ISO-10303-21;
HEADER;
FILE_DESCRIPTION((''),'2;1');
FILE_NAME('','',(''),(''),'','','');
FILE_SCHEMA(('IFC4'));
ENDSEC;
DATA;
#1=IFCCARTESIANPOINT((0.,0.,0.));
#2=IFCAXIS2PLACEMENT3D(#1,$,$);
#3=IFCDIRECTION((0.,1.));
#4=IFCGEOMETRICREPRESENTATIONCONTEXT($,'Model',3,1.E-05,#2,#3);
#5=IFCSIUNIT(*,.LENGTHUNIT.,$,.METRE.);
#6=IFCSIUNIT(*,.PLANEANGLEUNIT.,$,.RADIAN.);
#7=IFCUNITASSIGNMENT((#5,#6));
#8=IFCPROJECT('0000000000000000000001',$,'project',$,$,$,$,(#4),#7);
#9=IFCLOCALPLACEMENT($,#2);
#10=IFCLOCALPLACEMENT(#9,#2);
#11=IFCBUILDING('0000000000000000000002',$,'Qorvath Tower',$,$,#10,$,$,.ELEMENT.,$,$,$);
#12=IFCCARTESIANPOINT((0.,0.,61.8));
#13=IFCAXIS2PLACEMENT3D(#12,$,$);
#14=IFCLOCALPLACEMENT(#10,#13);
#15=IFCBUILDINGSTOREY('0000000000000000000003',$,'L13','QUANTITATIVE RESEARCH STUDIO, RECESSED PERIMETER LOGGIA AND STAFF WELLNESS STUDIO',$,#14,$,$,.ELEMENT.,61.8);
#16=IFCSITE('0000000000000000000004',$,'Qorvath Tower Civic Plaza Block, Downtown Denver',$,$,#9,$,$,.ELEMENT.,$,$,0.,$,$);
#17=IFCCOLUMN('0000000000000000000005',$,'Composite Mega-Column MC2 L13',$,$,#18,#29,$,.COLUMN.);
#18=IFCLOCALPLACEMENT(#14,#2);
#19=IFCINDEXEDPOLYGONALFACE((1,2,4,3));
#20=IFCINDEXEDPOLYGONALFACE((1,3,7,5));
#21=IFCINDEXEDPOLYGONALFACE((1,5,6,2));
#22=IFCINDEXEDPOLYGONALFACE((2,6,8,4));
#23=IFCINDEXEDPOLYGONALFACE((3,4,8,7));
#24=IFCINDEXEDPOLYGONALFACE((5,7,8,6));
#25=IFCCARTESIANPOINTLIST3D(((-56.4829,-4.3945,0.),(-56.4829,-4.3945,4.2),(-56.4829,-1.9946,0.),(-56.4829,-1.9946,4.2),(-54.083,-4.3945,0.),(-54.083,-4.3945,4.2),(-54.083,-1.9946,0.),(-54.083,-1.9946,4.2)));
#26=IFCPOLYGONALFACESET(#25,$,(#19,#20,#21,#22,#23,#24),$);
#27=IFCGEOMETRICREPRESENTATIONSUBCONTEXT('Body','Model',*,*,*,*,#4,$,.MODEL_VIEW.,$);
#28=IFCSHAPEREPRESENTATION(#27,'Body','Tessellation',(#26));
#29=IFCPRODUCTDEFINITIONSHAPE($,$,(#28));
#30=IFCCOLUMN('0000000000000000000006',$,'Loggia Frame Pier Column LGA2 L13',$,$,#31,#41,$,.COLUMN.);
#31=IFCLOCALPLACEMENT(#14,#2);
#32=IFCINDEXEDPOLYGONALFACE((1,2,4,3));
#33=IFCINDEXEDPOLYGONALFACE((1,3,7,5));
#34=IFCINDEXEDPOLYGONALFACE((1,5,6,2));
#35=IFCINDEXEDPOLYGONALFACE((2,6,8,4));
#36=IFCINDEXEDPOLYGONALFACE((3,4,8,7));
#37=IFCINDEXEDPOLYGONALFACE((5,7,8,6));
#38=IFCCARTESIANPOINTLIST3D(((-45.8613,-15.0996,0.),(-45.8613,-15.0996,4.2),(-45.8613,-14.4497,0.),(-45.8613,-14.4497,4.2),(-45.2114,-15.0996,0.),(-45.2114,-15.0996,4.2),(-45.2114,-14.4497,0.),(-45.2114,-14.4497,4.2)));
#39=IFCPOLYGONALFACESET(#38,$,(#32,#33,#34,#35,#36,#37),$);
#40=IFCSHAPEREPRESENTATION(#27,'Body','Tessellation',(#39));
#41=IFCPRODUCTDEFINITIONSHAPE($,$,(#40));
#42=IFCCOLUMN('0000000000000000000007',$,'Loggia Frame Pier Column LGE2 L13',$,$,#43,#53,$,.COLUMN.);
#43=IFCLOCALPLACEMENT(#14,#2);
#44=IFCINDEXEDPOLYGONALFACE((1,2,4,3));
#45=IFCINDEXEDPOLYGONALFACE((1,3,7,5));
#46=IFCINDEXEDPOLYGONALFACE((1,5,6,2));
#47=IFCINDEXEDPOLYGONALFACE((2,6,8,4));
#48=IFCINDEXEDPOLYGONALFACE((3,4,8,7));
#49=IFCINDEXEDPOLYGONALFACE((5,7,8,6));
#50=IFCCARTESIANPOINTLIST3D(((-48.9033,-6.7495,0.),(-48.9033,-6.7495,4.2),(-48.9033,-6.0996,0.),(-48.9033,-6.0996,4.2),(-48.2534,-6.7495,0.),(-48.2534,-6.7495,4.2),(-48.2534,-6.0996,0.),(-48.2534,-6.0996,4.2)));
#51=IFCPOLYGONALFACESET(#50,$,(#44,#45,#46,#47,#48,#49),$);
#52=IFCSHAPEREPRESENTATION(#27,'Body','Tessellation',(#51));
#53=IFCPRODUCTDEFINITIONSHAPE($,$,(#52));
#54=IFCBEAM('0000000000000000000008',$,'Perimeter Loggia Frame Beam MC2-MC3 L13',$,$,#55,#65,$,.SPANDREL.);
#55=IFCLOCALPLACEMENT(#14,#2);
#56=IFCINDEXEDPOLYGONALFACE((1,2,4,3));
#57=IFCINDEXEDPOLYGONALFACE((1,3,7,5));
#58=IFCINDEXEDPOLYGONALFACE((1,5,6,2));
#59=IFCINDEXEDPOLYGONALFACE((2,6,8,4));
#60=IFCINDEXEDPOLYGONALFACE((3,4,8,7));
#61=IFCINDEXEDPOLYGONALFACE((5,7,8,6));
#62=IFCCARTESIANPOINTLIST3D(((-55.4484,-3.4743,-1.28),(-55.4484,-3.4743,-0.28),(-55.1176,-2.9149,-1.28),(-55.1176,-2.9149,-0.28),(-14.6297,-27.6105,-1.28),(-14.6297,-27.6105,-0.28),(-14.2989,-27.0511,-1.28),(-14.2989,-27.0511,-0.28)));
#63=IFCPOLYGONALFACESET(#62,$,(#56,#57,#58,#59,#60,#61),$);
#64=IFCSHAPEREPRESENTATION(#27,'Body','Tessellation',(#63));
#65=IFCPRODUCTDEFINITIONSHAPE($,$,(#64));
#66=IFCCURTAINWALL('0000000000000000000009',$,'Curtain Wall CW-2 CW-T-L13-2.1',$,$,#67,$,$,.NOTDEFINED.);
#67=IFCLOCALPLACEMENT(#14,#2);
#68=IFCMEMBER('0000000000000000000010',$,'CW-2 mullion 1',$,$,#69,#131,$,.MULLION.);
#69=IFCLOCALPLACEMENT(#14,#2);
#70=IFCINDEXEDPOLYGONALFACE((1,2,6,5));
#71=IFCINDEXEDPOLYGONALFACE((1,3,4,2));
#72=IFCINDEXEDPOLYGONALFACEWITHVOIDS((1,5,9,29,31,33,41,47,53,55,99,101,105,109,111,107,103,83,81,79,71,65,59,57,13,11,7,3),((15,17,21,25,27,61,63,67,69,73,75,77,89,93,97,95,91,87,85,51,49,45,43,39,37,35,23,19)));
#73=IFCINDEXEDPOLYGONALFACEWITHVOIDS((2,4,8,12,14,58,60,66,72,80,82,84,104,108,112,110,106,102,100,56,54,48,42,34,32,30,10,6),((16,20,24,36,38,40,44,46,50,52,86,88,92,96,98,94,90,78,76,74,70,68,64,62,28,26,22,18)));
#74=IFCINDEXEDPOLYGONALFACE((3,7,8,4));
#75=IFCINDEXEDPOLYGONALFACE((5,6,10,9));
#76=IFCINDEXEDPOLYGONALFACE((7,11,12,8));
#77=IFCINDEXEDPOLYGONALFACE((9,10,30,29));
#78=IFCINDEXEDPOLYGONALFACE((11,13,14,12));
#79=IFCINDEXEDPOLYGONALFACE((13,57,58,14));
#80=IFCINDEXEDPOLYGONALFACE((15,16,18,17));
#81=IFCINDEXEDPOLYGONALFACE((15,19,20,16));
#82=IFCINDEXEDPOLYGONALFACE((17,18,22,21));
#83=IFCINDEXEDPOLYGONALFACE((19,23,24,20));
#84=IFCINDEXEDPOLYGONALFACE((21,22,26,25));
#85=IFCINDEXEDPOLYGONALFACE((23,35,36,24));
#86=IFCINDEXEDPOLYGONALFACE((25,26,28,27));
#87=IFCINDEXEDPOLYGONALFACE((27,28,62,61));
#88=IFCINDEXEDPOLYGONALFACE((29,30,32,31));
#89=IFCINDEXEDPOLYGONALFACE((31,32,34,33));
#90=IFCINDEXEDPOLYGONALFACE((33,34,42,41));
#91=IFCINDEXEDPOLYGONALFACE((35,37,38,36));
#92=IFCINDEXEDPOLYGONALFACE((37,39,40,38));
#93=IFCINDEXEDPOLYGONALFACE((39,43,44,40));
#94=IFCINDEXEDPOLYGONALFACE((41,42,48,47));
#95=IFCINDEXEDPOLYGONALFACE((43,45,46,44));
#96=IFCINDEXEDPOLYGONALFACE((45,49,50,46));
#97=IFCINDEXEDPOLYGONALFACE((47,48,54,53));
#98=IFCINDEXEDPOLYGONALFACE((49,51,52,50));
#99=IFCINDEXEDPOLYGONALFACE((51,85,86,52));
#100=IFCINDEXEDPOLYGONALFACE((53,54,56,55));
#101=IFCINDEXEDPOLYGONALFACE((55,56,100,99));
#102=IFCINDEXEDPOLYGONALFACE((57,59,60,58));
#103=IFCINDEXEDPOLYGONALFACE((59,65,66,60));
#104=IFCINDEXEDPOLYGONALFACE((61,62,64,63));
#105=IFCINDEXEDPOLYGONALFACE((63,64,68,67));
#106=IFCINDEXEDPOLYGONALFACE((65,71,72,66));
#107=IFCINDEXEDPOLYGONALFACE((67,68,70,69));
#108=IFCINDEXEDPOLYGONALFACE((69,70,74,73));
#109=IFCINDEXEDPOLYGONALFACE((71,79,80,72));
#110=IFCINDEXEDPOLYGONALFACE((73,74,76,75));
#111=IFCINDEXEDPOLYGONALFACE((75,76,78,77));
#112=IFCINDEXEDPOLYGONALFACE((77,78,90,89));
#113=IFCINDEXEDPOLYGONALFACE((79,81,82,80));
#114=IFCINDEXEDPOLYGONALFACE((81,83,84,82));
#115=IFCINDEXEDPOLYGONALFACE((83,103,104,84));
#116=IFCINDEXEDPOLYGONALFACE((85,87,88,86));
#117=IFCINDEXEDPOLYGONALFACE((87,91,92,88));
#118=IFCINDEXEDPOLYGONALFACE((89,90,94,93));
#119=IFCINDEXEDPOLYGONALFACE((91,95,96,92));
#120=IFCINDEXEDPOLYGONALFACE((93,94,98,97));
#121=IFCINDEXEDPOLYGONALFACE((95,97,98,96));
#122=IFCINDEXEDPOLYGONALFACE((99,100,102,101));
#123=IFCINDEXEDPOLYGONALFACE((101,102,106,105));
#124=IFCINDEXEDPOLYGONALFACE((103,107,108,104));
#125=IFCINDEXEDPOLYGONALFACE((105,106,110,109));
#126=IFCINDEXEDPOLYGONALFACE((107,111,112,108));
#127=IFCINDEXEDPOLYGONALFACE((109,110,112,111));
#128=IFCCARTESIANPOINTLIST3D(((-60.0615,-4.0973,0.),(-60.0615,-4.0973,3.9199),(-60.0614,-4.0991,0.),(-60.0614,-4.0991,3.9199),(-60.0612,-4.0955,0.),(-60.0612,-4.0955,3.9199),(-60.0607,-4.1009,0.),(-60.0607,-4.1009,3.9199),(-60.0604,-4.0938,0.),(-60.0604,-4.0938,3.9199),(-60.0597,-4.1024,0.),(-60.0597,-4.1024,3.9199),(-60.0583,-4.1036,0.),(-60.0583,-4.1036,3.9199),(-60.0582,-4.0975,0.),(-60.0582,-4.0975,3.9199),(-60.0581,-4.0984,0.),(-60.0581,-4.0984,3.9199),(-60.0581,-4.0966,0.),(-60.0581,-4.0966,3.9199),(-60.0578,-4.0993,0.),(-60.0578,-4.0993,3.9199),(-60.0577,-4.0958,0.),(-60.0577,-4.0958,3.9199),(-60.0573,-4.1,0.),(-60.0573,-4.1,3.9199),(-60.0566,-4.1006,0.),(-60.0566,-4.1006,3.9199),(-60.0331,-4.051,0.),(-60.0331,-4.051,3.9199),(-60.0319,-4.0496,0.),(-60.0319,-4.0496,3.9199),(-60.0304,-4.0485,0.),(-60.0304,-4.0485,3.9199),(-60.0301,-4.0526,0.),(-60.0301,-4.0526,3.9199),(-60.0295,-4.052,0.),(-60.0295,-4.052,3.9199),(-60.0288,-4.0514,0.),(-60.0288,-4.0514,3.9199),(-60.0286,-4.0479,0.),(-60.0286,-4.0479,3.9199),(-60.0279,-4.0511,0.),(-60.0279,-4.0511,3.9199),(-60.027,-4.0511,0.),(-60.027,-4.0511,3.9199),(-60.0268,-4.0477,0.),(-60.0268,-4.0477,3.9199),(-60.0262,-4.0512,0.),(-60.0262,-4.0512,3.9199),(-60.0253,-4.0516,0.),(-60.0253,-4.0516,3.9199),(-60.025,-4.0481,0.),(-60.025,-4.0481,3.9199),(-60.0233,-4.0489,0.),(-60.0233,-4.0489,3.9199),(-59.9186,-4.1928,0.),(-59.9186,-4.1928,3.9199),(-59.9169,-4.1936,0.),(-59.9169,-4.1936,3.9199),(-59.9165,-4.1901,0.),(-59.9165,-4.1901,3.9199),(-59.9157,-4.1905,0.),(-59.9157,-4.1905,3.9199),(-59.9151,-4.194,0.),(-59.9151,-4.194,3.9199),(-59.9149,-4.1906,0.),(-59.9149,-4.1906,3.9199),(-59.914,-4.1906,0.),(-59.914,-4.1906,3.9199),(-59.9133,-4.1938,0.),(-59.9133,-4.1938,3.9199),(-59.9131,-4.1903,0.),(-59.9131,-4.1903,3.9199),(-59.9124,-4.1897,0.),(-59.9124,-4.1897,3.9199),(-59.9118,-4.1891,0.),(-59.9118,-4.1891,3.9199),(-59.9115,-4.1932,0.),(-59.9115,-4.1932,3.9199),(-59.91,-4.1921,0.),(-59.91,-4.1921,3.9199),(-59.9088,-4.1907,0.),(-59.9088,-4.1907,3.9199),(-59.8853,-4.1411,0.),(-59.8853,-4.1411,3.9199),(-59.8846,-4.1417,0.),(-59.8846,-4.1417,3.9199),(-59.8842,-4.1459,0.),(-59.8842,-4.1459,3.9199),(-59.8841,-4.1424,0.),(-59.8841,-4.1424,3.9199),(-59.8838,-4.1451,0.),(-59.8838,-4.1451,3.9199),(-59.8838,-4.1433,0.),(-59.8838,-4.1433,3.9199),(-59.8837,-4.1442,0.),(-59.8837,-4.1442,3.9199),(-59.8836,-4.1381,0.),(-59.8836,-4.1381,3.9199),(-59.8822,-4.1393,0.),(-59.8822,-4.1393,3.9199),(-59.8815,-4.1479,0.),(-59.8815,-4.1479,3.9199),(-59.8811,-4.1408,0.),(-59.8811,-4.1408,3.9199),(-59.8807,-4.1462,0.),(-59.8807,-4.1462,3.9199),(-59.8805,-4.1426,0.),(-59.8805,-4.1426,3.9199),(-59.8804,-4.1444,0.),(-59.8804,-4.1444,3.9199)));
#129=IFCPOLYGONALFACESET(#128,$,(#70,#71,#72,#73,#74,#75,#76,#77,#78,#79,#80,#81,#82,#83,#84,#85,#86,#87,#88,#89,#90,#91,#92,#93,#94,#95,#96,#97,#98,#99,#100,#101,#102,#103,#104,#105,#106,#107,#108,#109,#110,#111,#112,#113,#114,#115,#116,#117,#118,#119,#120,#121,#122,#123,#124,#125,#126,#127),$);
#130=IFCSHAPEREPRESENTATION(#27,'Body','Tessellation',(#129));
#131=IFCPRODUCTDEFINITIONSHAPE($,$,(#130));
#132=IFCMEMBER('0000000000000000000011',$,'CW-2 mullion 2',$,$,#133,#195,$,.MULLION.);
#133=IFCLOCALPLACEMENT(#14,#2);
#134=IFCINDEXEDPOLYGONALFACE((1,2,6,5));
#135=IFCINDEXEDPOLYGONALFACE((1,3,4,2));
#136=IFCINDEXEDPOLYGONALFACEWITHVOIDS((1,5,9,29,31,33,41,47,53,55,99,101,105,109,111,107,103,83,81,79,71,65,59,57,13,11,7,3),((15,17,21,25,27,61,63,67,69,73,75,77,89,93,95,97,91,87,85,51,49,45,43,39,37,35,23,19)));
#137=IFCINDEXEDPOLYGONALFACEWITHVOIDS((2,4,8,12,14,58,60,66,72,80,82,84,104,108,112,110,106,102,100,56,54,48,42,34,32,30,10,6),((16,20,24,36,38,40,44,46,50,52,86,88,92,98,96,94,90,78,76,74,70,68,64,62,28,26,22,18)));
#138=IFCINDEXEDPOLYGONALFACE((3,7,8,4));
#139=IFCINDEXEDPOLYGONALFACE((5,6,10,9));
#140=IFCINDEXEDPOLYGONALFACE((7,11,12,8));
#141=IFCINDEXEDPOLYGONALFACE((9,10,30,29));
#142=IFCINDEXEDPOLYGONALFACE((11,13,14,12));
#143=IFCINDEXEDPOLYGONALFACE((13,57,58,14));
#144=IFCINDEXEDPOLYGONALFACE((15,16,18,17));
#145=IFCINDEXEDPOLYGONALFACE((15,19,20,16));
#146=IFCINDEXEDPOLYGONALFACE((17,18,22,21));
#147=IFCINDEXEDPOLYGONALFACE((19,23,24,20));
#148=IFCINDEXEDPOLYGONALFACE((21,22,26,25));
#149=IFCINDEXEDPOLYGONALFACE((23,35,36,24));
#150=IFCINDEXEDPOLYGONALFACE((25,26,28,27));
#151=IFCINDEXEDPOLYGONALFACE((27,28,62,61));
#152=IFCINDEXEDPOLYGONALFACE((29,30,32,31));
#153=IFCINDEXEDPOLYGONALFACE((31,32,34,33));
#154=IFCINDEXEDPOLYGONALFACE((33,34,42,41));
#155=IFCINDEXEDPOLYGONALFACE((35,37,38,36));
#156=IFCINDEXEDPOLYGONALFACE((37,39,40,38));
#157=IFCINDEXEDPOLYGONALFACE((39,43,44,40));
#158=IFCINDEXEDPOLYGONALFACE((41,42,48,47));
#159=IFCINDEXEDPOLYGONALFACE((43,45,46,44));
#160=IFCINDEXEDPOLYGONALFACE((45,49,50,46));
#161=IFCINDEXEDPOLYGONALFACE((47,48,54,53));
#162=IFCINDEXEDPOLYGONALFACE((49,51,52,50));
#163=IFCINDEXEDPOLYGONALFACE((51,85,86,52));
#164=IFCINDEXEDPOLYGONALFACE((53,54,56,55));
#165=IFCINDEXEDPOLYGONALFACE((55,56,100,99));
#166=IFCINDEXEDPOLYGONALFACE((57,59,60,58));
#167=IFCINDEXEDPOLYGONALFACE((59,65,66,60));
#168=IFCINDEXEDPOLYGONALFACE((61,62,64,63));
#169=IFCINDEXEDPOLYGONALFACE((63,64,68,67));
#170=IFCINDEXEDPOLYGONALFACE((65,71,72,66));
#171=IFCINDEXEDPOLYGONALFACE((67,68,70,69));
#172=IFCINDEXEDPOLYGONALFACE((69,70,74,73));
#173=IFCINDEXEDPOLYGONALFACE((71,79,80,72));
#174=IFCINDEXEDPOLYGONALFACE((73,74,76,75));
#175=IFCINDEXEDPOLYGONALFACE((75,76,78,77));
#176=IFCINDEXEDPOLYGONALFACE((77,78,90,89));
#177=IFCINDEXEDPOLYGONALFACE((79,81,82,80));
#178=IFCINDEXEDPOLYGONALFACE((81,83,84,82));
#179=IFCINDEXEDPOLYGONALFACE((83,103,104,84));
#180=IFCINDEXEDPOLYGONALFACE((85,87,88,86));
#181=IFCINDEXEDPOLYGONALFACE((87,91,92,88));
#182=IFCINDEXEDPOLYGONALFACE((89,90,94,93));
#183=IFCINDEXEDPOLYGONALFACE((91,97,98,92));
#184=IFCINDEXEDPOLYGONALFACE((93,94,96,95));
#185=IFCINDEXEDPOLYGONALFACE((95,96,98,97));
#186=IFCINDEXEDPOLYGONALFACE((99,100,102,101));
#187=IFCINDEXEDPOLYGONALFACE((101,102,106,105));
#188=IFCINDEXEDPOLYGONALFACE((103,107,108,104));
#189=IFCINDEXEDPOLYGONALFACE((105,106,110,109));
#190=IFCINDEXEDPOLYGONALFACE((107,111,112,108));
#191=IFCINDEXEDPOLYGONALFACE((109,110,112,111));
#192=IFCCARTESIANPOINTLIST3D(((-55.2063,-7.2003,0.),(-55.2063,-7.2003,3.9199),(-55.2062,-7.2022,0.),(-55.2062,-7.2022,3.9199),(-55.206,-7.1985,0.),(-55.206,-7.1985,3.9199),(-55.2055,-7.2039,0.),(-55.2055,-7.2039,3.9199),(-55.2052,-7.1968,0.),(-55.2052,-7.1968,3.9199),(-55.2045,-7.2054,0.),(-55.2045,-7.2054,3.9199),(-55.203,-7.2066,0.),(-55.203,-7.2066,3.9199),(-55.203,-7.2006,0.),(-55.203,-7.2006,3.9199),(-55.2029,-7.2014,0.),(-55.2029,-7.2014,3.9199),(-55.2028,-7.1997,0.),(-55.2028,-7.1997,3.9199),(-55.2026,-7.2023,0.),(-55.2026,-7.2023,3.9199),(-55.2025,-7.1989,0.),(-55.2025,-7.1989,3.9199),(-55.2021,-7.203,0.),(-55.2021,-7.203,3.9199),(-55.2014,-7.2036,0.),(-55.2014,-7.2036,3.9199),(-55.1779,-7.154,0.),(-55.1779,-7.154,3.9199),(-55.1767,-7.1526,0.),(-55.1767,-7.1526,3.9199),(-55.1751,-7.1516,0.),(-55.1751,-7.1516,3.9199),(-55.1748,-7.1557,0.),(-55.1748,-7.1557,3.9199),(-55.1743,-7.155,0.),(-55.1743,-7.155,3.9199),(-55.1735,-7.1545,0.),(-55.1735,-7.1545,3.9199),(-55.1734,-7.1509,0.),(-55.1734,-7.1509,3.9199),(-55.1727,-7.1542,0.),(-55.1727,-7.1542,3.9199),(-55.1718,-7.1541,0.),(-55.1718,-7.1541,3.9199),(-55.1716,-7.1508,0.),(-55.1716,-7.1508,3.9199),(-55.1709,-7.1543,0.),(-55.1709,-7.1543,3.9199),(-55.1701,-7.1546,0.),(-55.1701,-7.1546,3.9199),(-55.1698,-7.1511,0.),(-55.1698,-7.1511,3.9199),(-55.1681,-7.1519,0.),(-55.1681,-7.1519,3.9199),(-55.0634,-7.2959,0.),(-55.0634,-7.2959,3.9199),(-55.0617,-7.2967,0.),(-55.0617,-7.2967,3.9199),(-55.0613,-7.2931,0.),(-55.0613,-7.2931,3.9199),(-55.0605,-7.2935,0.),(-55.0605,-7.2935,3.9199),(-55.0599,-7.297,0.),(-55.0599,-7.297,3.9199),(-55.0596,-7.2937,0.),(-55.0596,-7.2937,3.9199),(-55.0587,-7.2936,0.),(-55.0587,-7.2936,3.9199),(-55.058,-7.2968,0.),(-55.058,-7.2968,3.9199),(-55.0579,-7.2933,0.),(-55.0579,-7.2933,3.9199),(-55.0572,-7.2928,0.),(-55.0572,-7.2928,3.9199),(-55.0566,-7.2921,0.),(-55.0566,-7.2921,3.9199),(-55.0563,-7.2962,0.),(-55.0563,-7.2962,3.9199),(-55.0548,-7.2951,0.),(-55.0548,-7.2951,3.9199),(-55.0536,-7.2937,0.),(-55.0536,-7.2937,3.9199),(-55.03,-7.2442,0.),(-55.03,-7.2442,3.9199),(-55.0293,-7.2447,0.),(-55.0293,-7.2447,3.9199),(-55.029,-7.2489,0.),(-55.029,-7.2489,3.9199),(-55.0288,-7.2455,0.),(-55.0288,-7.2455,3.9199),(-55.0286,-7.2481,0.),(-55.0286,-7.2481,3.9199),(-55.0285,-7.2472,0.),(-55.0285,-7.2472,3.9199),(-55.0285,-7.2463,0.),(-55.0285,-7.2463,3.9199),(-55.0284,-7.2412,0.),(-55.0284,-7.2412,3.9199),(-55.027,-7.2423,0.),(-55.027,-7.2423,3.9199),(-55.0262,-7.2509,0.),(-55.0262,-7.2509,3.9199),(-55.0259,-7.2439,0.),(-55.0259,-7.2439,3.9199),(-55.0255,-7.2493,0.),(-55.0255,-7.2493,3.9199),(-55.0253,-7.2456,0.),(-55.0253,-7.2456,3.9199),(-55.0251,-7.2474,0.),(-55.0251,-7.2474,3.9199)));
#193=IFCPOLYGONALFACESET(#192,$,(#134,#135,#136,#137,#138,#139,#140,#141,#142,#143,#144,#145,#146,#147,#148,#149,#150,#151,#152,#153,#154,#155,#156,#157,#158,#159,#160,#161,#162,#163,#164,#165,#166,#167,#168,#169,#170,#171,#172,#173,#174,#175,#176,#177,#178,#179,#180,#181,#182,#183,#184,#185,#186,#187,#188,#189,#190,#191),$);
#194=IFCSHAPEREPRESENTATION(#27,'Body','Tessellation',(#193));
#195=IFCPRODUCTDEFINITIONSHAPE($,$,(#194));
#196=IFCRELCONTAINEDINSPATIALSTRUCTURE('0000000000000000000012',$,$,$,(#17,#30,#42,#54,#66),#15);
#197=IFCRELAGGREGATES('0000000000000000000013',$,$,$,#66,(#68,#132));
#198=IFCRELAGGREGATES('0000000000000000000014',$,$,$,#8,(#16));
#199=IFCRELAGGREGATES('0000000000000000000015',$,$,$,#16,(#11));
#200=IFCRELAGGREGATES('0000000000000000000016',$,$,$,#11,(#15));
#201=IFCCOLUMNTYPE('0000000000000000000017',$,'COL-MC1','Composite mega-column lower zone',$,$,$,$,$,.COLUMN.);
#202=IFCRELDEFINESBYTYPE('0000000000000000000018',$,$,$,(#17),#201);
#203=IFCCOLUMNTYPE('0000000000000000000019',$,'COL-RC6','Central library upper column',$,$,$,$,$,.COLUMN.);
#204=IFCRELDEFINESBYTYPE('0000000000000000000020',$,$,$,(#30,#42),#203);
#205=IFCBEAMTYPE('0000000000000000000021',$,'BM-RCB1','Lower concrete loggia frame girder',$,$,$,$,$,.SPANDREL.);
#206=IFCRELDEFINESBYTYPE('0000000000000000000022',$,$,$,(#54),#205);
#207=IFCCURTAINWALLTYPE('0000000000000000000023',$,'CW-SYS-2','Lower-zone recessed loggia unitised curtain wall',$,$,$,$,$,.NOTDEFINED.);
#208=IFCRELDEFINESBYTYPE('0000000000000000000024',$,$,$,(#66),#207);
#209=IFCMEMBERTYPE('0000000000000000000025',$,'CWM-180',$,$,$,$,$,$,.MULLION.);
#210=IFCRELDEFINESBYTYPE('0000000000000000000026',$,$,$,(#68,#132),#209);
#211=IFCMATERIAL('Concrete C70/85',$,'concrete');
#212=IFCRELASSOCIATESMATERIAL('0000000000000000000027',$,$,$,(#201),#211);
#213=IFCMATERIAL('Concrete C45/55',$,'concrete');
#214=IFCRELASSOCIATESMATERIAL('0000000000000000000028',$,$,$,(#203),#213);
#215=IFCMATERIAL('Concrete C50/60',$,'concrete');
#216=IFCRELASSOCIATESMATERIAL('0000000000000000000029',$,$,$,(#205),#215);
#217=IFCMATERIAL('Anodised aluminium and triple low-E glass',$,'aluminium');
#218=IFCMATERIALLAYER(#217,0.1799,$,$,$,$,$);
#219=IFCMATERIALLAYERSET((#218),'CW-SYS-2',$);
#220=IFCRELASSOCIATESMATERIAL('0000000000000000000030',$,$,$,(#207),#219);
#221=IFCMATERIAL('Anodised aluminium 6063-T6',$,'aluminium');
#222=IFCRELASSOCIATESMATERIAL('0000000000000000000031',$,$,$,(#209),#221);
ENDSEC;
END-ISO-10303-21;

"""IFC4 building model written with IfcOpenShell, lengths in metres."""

from ifc_helpers import new_model, si_unit, direction, frame, origin, origin_2d, place, context, subcontext, project, spatial, rectangle, hollow_rectangle, extrude, material, layer, layer_set, material_profile, profile_set, type_object, element, aggregate, save


model = new_model("IFC4")

# Units and contexts
model_context = context("Model", 3, precision=1e-05, world=origin(), true_north=direction((0.0, 1.0)))
body_context = subcontext(model_context, "Body", "Model", "MODEL_VIEW")
ifc_project = project(units=[si_unit("LENGTHUNIT", "METRE"), si_unit("PLANEANGLEUNIT", "RADIAN")], contexts=[model_context])

# Site, building, storey
site_placement = place(None, origin())
site = spatial("IfcSite", under=ifc_project, at=site_placement, Name="Qorvath Tower Civic Plaza Block, Downtown Denver", CompositionType="ELEMENT", RefElevation=0.0)
building_placement = place(site_placement, origin())
building = spatial("IfcBuilding", under=site, at=building_placement, Name="Qorvath Tower", CompositionType="ELEMENT")
storey_placement = place(building_placement, frame((0.0, 0.0, 61.8)))
storey = spatial("IfcBuildingStorey", under=building, at=storey_placement, Name="L13", Description="QUANTITATIVE RESEARCH STUDIO, RECESSED PERIMETER LOGGIA AND STAFF WELLNESS STUDIO", CompositionType="ELEMENT", Elevation=61.8)

# Columns
ifc_material_1 = material(Name="Concrete C70/85", Category="concrete")
ifc_material_profile_1 = material_profile(ifc_material_1, rectangle(XDim=2.3999, YDim=2.3999, at=origin_2d()), Name="MC 2400x2400")
ifc_profile_set_1 = profile_set([ifc_material_profile_1], Name="Concrete C70/85")
column_type_1 = type_object("IfcColumnType", Name="COL-MC1", Description="Composite mega-column lower zone", PredefinedType="COLUMN", material=ifc_profile_set_1)
column_placement = place(storey_placement, frame((-55.283, -3.1946, 0.0), z_axis=(0.0, 0.0, 1.0), x_axis=(1.0, 0.0, 0.0)))
element("IfcColumn", 1, at=column_placement, inside=storey, type_object=column_type_1, Name="Composite Mega-Column MC2 L13", PredefinedType="COLUMN", context=body_context, shape_type="SweptSolid", body=[
    extrude(rectangle(XDim=2.3999, YDim=2.3999, at=origin_2d()), origin(), (0.0, 0.0, 1.0), 4.2),
])
ifc_material_2 = material(Name="Concrete C45/55", Category="concrete")
ifc_material_profile_2 = material_profile(ifc_material_2, rectangle(XDim=0.6499, YDim=0.6499, at=origin_2d()), Name="RC 650x650")
ifc_profile_set_2 = profile_set([ifc_material_profile_2], Name="Concrete C45/55")
column_type_2 = type_object("IfcColumnType", Name="COL-RC6", Description="Central library upper column", PredefinedType="COLUMN", material=ifc_profile_set_2)
for number, where, z_axis, x_axis, name in (
    (2, (-45.5364, -14.7747, 0.0), (0.0, 0.0, 1.0), (1.0, 0.0, 0.0), "Loggia Frame Pier Column LGA2 L13"),
    (3, (-48.5784, -6.4246, 0.0), (0.0, 0.0, 1.0), (1.0, 0.0, 0.0), "Loggia Frame Pier Column LGE2 L13"),
):
    element("IfcColumn", number, at=place(storey_placement, frame(where, z_axis=z_axis, x_axis=x_axis)), inside=storey, type_object=column_type_2, Name=name, PredefinedType="COLUMN", context=body_context, shape_type="SweptSolid", body=[
        extrude(rectangle(XDim=0.6499, YDim=0.6499, at=origin_2d()), origin(), (0.0, 0.0, 1.0), 4.2),
    ])

# Beam
ifc_material_3 = material(Name="Concrete C50/60", Category="concrete")
ifc_material_profile_3 = material_profile(ifc_material_3, rectangle(XDim=0.6499, YDim=1.0, at=origin_2d()), Name="RCB 1000x650")
ifc_profile_set_3 = profile_set([ifc_material_profile_3], Name="Concrete C50/60")
beam_type = type_object("IfcBeamType", Name="BM-RCB1", Description="Lower concrete loggia frame girder", PredefinedType="SPANDREL", material=ifc_profile_set_3)
beam_placement = place(storey_placement, frame((-55.283, -3.1946, -0.78), z_axis=(0.860777, -0.508982, 0.0), x_axis=(0.508982, 0.860777, 0.0)))
element("IfcBeam", 4, at=beam_placement, inside=storey, type_object=beam_type, Name="Perimeter Loggia Frame Beam MC2-MC3 L13", PredefinedType="SPANDREL", context=body_context, shape_type="SweptSolid", body=[
    extrude(rectangle(XDim=0.6499, YDim=1.0, at=origin_2d()), origin(), (0.0, 0.0, 1.0), 47.4207),
])

# Curtain wall, members
ifc_material_4 = material(Name="Anodised aluminium and triple low-E glass", Category="aluminium")
ifc_layer_1 = layer(ifc_material_4, 0.1799)
ifc_layer_set_1 = layer_set([ifc_layer_1], Name="CW-SYS-2")
curtain_wall_type = type_object("IfcCurtainWallType", Name="CW-SYS-2", Description="Lower-zone recessed loggia unitised curtain wall", PredefinedType="NOTDEFINED", material=ifc_layer_set_1)
curtain_wall_placement = place(storey_placement, origin())
curtain_wall = element("IfcCurtainWall", 5, at=curtain_wall_placement, inside=storey, type_object=curtain_wall_type, Name="Curtain Wall CW-2 CW-T-L13-2.1", PredefinedType="NOTDEFINED")
ifc_material_5 = material(Name="Anodised aluminium 6063-T6", Category="aluminium")
ifc_material_profile_4 = material_profile(ifc_material_5, hollow_rectangle(XDim=0.0649, YDim=0.1799, WallThickness=0.0034, InnerFilletRadius=0.0034, OuterFilletRadius=0.0071, at=origin_2d()), Name="CWM 180x65")
ifc_profile_set_4 = profile_set([ifc_material_profile_4], Name="Anodised aluminium 6063-T6")
member_type_1 = type_object("IfcMemberType", Name="CWM-180", PredefinedType="MULLION", material=ifc_profile_set_4)
member_1_placement = place(storey_placement, frame((-59.9709, -4.1208, 0.0), z_axis=(0.0, 0.0, 1.0), x_axis=(0.53853, 0.842607, 0.0)))
member_1 = element("IfcMember", 6, at=member_1_placement, type_object=member_type_1, Name="CW-2 mullion 1", PredefinedType="MULLION", context=body_context, shape_type="SweptSolid", body=[
    extrude(hollow_rectangle(XDim=0.0649, YDim=0.1799, WallThickness=0.0034, InnerFilletRadius=0.0034, OuterFilletRadius=0.0071, at=origin_2d()), origin(), (0.0, 0.0, 1.0), 3.9199),
])
member_2_placement = place(storey_placement, frame((-55.1157, -7.2239, 0.0), z_axis=(0.0, 0.0, 1.0), x_axis=(0.53853, 0.842607, 0.0)))
member_2 = element("IfcMember", 7, at=member_2_placement, type_object=member_type_1, Name="CW-2 mullion 2", PredefinedType="MULLION", context=body_context, shape_type="SweptSolid", body=[
    extrude(hollow_rectangle(XDim=0.0649, YDim=0.1799, WallThickness=0.0034, InnerFilletRadius=0.0034, OuterFilletRadius=0.0071, at=origin_2d()), origin(), (0.0, 0.0, 1.0), 3.9199),
])

aggregate(curtain_wall, [member_1, member_2])

save(model, "model.ifc")
